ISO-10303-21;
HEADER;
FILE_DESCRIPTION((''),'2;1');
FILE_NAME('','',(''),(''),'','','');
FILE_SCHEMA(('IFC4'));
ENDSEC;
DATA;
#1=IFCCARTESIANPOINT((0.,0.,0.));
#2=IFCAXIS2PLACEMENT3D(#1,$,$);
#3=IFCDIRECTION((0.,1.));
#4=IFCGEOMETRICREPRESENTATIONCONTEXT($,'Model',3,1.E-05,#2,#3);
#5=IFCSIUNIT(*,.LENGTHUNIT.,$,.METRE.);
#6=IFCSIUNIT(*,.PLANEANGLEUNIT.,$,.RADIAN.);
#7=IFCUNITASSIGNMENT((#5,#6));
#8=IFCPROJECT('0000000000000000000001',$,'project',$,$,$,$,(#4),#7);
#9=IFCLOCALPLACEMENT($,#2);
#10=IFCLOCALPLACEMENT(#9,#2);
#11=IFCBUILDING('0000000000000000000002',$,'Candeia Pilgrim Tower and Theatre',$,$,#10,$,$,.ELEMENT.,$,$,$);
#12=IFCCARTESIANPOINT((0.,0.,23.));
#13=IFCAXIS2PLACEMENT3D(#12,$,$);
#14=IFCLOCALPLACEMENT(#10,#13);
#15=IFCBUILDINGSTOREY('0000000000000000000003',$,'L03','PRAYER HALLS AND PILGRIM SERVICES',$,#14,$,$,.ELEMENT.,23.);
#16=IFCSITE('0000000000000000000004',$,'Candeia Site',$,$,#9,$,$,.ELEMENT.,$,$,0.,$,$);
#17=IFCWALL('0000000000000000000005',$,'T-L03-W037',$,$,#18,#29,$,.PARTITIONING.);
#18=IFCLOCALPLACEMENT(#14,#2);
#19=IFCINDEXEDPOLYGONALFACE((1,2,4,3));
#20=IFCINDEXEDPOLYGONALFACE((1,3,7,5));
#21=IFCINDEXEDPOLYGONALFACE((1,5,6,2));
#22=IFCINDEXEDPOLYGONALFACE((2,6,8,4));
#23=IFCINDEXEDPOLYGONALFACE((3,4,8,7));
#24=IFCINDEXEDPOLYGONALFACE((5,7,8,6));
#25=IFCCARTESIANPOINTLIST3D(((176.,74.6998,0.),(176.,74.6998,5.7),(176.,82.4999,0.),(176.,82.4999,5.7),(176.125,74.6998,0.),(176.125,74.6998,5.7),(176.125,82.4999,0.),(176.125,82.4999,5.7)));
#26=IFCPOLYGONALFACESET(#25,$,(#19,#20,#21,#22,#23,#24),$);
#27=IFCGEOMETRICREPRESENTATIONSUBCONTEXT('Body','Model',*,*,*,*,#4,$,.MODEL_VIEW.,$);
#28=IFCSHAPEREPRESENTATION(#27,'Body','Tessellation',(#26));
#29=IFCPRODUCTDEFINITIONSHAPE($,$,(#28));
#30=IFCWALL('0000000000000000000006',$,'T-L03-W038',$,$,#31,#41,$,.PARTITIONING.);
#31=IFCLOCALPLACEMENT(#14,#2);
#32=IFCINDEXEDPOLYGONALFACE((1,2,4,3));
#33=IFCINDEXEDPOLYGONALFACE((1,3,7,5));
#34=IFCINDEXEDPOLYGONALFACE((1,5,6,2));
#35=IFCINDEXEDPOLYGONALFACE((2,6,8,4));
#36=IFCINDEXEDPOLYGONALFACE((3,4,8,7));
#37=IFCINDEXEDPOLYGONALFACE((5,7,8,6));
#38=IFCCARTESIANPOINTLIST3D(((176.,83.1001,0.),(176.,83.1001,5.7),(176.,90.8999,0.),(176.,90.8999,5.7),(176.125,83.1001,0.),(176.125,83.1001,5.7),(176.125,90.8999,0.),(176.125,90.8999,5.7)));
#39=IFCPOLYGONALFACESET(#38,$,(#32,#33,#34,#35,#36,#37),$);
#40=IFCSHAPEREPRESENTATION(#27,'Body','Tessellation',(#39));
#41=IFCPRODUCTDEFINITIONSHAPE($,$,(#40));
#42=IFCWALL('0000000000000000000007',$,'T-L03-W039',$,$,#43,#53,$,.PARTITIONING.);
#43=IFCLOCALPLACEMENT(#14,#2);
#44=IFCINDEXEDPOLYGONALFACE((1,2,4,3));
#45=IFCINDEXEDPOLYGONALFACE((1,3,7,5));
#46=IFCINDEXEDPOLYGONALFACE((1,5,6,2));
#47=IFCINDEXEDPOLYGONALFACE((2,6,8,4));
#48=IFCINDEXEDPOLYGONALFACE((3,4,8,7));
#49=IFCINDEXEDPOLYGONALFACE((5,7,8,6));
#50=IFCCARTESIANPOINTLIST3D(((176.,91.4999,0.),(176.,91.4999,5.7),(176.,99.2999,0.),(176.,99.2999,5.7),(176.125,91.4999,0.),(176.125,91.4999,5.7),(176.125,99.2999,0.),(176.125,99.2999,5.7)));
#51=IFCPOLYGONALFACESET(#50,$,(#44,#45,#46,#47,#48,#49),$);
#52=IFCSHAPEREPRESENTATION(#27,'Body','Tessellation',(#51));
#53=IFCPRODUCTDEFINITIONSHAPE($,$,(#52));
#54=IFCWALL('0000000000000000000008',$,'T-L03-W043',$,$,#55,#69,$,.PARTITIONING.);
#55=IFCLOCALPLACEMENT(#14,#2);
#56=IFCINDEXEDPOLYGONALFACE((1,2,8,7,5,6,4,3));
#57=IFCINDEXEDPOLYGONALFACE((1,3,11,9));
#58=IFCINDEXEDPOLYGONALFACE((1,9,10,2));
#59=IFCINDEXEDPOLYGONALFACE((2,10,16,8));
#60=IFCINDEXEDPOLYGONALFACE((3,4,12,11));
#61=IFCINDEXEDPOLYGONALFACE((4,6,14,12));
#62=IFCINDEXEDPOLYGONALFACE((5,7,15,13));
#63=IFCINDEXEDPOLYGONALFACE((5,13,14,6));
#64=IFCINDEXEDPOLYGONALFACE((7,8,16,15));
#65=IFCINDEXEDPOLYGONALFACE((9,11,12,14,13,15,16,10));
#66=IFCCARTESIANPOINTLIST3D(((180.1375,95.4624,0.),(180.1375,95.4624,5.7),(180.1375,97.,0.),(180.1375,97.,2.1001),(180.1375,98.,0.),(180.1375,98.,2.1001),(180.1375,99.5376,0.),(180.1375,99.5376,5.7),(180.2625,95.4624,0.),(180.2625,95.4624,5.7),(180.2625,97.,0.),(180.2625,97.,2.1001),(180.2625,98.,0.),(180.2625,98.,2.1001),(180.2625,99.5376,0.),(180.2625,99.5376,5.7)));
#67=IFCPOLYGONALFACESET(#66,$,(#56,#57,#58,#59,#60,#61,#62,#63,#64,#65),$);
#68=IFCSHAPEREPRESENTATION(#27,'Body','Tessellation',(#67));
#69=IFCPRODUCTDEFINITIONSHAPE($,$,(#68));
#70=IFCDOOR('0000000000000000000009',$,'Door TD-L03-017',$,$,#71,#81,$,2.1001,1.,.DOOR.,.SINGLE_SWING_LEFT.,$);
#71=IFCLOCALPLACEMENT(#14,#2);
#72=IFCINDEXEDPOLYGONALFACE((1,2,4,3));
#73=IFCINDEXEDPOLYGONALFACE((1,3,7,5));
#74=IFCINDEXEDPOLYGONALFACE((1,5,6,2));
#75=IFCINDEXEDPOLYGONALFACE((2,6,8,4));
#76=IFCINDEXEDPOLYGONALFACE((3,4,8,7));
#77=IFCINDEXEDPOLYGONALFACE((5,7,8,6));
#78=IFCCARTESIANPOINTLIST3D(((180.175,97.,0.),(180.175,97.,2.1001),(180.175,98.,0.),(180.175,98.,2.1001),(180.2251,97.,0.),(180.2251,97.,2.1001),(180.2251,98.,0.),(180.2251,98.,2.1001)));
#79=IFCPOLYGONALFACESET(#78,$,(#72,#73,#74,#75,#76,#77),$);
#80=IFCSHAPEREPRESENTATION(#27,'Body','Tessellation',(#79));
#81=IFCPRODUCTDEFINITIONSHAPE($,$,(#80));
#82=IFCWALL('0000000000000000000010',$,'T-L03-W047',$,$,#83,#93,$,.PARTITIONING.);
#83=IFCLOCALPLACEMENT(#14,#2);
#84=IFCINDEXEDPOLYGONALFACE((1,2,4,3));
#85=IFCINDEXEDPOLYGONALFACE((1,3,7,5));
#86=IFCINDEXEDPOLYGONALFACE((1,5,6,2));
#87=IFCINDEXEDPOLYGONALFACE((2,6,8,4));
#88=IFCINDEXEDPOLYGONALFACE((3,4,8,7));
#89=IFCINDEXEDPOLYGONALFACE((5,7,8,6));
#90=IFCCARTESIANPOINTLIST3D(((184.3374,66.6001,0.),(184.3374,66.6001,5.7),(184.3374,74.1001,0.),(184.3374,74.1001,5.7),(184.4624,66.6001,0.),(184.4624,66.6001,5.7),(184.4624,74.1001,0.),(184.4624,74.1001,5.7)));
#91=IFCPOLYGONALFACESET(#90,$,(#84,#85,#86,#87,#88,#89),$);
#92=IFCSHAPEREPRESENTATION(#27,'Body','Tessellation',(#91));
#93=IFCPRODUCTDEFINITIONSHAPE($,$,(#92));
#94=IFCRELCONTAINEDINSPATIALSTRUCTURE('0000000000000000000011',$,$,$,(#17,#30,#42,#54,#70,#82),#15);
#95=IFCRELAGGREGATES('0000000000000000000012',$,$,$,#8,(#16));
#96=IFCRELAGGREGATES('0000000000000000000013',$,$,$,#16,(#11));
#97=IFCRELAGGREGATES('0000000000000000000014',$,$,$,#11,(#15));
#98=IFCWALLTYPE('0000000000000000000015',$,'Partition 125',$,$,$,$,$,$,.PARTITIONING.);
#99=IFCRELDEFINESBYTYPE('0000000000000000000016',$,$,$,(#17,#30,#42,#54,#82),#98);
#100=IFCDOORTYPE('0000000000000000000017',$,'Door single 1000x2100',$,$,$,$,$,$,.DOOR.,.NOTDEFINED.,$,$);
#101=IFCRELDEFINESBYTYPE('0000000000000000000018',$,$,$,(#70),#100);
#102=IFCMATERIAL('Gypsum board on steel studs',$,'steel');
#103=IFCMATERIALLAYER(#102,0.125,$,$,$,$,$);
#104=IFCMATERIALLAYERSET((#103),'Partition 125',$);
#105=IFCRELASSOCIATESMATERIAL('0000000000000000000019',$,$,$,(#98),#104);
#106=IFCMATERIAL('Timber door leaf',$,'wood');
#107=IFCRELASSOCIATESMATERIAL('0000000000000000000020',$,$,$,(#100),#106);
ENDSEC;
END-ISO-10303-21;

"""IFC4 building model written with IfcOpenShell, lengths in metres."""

from ifc_helpers import new_model, si_unit, direction, frame, frame_2d, origin, place, context, subcontext, project, spatial, rectangle, extrude, material, layer, layer_set, type_object, element, fill, save


model = new_model("IFC4")

# Units and contexts
model_context = context("Model", 3, precision=1e-05, world=origin(), true_north=direction((0.0, 1.0)))
body_context = subcontext(model_context, "Body", "Model", "MODEL_VIEW")
ifc_project = project(units=[si_unit("LENGTHUNIT", "METRE"), si_unit("PLANEANGLEUNIT", "RADIAN")], contexts=[model_context])

# Site, building, storey
site_placement = place(None, origin())
site = spatial("IfcSite", under=ifc_project, at=site_placement, Name="Candeia Site", CompositionType="ELEMENT", RefElevation=0.0)
building_placement = place(site_placement, origin())
building = spatial("IfcBuilding", under=site, at=building_placement, Name="Candeia Pilgrim Tower and Theatre", CompositionType="ELEMENT")
storey_placement = place(building_placement, frame((0.0, 0.0, 23.0)))
storey = spatial("IfcBuildingStorey", under=building, at=storey_placement, Name="L03", Description="PRAYER HALLS AND PILGRIM SERVICES", CompositionType="ELEMENT", Elevation=23.0)

# Shared definitions
ifc_material_1 = material(Name="Gypsum board on steel studs", Category="steel")
ifc_layer_1 = layer(ifc_material_1, 0.125)
ifc_layer_set_1 = layer_set([ifc_layer_1], Name="Partition 125")
wall_type = type_object("IfcWallType", Name="Partition 125", PredefinedType="PARTITIONING", material=ifc_layer_set_1)

# Shared definitions
ifc_material_2 = material(Name="Timber door leaf", Category="wood")
door_type = type_object("IfcDoorType", Name="Door single 1000x2100", OperationType="NOTDEFINED", PredefinedType="DOOR", material=ifc_material_2)

# Walls
wall_1_placement = place(storey_placement, frame((176.0625, 74.7, 0.0), z_axis=(0.0, 0.0, 1.0), x_axis=(0.0, 1.0, 0.0)))
element("IfcWall", 1, at=wall_1_placement, inside=storey, type_object=wall_type, Name="T-L03-W037", PredefinedType="PARTITIONING", context=body_context, shape_type="SweptSolid", body=[
    extrude(rectangle(XDim=7.8, YDim=0.125, at=frame_2d((3.8999, 0.0))), origin(), (0.0, 0.0, 1.0), 5.7),
])
wall_2_placement = place(storey_placement, frame((176.0625, 83.1001, 0.0), z_axis=(0.0, 0.0, 1.0), x_axis=(0.0, 1.0, 0.0)))
element("IfcWall", 2, at=wall_2_placement, inside=storey, type_object=wall_type, Name="T-L03-W038", PredefinedType="PARTITIONING", context=body_context, shape_type="SweptSolid", body=[
    extrude(rectangle(XDim=7.7998, YDim=0.125, at=frame_2d((3.8999, 0.0))), origin(), (0.0, 0.0, 1.0), 5.7),
])
wall_3_placement = place(storey_placement, frame((176.0625, 91.5, 0.0), z_axis=(0.0, 0.0, 1.0), x_axis=(0.0, 1.0, 0.0)))
element("IfcWall", 3, at=wall_3_placement, inside=storey, type_object=wall_type, Name="T-L03-W039", PredefinedType="PARTITIONING", context=body_context, shape_type="SweptSolid", body=[
    extrude(rectangle(XDim=7.8, YDim=0.125, at=frame_2d((3.8999, 0.0))), origin(), (0.0, 0.0, 1.0), 5.7),
])

# Wall, opening, door
wall_4_placement = place(storey_placement, frame((180.2, 95.4624, 0.0), z_axis=(0.0, 0.0, 1.0), x_axis=(0.0, 1.0, 0.0)))
wall_4 = element("IfcWall", 4, at=wall_4_placement, inside=storey, type_object=wall_type, Name="T-L03-W043", PredefinedType="PARTITIONING", context=body_context, shape_type="SweptSolid", body=[
    extrude(rectangle(XDim=4.0752, YDim=0.125, at=frame_2d((2.0376, 0.0))), origin(), (0.0, 0.0, 1.0), 5.7),
])
opening_1_placement = place(wall_4_placement, frame((1.5376, 0.0, 0.0)))
opening_1 = element("IfcOpeningElement", 5, at=opening_1_placement, cuts=wall_4, PredefinedType="OPENING", context=body_context, shape_type="SweptSolid", body=[
    extrude(rectangle(XDim=1.0, YDim=2.1001, at=frame_2d((0.5, 1.05))), frame((0.0, 0.0725, 0.0), z_axis=(0.0, -1.0, 0.0), x_axis=(1.0, 0.0, 0.0)), (0.0, 0.0, 1.0), 0.145),
])
door_1_placement = place(opening_1_placement, origin())
door_1 = element("IfcDoor", 6, at=door_1_placement, inside=storey, type_object=door_type, Name="Door TD-L03-017", OperationType="SINGLE_SWING_LEFT", OverallHeight=2.1001, OverallWidth=1.0, PredefinedType="DOOR", context=body_context, shape_type="SweptSolid", body=[
    extrude(rectangle(XDim=1.0, YDim=2.1001, at=frame_2d((0.5, 1.05))), frame((0.0, 0.0249, 0.0), z_axis=(0.0, -1.0, 0.0), x_axis=(1.0, 0.0, 0.0)), (0.0, 0.0, 1.0), 0.05),
])
fill(opening_1, door_1)

# Wall
wall_5_placement = place(storey_placement, frame((184.3999, 66.6001, 0.0), z_axis=(0.0, 0.0, 1.0), x_axis=(0.0, 1.0, 0.0)))
element("IfcWall", 7, at=wall_5_placement, inside=storey, type_object=wall_type, Name="T-L03-W047", PredefinedType="PARTITIONING", context=body_context, shape_type="SweptSolid", body=[
    extrude(rectangle(XDim=7.5, YDim=0.125, at=frame_2d((3.75, 0.0))), origin(), (0.0, 0.0, 1.0), 5.7),
])

save(model, "model.ifc")
